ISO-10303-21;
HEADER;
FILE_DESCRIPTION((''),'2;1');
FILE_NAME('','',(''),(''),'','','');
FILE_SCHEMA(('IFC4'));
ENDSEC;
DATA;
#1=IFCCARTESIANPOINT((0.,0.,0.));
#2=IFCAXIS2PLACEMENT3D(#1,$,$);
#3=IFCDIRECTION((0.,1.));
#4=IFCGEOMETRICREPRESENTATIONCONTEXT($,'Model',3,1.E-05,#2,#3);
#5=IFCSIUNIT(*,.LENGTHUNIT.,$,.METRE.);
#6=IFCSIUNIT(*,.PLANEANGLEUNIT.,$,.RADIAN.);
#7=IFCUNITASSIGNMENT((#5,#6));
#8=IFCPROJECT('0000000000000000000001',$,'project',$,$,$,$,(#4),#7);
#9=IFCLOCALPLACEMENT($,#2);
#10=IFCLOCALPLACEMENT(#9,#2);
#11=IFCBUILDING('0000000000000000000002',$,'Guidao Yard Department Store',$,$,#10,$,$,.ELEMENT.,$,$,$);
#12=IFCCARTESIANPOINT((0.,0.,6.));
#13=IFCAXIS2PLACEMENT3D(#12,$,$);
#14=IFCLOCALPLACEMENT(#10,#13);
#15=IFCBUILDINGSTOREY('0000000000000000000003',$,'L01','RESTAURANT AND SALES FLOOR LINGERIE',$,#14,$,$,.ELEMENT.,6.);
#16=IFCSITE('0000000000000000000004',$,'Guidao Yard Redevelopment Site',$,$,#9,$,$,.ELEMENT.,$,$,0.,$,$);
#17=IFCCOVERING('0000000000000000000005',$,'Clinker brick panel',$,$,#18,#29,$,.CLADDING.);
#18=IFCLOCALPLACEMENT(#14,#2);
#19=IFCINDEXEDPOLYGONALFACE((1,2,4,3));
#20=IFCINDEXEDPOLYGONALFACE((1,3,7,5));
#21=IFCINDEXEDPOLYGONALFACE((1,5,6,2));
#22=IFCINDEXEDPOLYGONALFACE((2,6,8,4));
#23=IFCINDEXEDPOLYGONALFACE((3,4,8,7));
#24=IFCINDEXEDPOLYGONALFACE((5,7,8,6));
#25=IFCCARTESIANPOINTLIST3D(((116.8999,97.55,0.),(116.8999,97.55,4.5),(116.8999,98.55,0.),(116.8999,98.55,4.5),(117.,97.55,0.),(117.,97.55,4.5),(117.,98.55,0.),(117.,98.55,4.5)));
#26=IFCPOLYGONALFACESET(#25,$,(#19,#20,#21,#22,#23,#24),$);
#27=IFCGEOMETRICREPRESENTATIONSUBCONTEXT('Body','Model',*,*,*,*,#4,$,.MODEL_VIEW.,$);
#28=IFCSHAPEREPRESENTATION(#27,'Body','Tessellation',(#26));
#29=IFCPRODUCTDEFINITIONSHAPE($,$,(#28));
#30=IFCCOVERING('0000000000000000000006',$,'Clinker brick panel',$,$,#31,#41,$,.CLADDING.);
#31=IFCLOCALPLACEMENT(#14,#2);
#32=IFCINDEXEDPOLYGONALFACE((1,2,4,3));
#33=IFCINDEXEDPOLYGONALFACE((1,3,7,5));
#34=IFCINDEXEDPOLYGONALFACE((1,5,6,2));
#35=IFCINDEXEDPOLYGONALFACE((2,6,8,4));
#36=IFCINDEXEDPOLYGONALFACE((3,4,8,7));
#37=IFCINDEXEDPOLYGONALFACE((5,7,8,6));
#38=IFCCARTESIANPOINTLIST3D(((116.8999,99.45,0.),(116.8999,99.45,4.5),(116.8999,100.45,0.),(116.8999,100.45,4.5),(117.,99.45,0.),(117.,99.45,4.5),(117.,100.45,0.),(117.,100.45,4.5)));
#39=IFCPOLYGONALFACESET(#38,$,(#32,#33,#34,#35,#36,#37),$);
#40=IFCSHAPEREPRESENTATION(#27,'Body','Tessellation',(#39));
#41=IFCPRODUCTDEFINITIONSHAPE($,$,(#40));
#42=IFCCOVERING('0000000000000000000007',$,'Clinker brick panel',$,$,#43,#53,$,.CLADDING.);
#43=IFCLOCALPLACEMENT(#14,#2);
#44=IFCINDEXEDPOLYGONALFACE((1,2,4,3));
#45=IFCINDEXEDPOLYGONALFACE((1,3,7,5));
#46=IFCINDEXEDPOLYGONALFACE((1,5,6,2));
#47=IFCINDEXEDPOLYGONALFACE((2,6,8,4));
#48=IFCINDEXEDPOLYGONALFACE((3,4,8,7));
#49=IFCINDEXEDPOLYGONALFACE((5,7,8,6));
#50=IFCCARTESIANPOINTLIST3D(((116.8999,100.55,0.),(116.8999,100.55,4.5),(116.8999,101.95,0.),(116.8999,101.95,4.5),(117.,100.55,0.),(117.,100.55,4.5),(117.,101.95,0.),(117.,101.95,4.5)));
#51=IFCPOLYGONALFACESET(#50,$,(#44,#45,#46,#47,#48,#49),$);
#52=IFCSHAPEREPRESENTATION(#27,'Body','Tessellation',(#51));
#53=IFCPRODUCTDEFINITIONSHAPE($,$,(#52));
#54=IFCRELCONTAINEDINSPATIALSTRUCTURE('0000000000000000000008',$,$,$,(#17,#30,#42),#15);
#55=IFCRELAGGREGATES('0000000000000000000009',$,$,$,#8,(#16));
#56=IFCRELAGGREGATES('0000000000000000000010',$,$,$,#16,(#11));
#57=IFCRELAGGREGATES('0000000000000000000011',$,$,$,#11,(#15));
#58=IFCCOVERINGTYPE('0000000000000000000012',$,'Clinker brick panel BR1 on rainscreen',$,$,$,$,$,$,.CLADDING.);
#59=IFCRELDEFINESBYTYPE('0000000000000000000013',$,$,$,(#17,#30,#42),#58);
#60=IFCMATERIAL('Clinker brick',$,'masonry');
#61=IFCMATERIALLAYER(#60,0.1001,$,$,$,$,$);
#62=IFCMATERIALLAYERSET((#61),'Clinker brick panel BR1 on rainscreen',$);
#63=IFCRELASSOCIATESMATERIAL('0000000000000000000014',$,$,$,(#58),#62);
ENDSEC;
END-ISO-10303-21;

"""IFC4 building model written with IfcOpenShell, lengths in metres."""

from ifc_helpers import new_model, si_unit, direction, frame, origin, origin_2d, place, context, subcontext, project, spatial, rectangle, extrude, material, layer, layer_set, type_object, element, save


model = new_model("IFC4")

# Units and contexts
model_context = context("Model", 3, precision=1e-05, world=origin(), true_north=direction((0.0, 1.0)))
body_context = subcontext(model_context, "Body", "Model", "MODEL_VIEW")
ifc_project = project(units=[si_unit("LENGTHUNIT", "METRE"), si_unit("PLANEANGLEUNIT", "RADIAN")], contexts=[model_context])

# Site, building, storey
site_placement = place(None, origin())
site = spatial("IfcSite", under=ifc_project, at=site_placement, Name="Guidao Yard Redevelopment Site", CompositionType="ELEMENT", RefElevation=0.0)
building_placement = place(site_placement, origin())
building = spatial("IfcBuilding", under=site, at=building_placement, Name="Guidao Yard Department Store", CompositionType="ELEMENT")
storey_placement = place(building_placement, frame((0.0, 0.0, 6.0)))
storey = spatial("IfcBuildingStorey", under=building, at=storey_placement, Name="L01", Description="RESTAURANT AND SALES FLOOR LINGERIE", CompositionType="ELEMENT", Elevation=6.0)

# Coverings
ifc_material_1 = material(Name="Clinker brick", Category="masonry")
ifc_layer_1 = layer(ifc_material_1, 0.1001)
ifc_layer_set_1 = layer_set([ifc_layer_1], Name="Clinker brick panel BR1 on rainscreen")
covering_type = type_object("IfcCoveringType", Name="Clinker brick panel BR1 on rainscreen", PredefinedType="CLADDING", material=ifc_layer_set_1)
for number, where, z_axis, x_axis, name in (
    (1, (116.95, 98.05, 0.0), (0.0, 0.0, 1.0), (0.0, 1.0, 0.0), "Clinker brick panel"),
    (2, (116.95, 99.95, 0.0), (0.0, 0.0, 1.0), (0.0, 1.0, 0.0), "Clinker brick panel"),
):
    element("IfcCovering", number, at=place(storey_placement, frame(where, z_axis=z_axis, x_axis=x_axis)), inside=storey, type_object=covering_type, Name=name, PredefinedType="CLADDING", context=body_context, shape_type="SweptSolid", body=[
        extrude(rectangle(XDim=1.0, YDim=0.1001, at=origin_2d()), origin(), (0.0, 0.0, 1.0), 4.5),
    ])
covering_1_placement = place(storey_placement, frame((116.95, 101.25, 0.0), z_axis=(0.0, 0.0, 1.0), x_axis=(0.0, 1.0, 0.0)))
element("IfcCovering", 3, at=covering_1_placement, inside=storey, type_object=covering_type, Name="Clinker brick panel", PredefinedType="CLADDING", context=body_context, shape_type="SweptSolid", body=[
    extrude(rectangle(XDim=1.3999, YDim=0.1001, at=origin_2d()), origin(), (0.0, 0.0, 1.0), 4.5),
])

save(model, "model.ifc")
